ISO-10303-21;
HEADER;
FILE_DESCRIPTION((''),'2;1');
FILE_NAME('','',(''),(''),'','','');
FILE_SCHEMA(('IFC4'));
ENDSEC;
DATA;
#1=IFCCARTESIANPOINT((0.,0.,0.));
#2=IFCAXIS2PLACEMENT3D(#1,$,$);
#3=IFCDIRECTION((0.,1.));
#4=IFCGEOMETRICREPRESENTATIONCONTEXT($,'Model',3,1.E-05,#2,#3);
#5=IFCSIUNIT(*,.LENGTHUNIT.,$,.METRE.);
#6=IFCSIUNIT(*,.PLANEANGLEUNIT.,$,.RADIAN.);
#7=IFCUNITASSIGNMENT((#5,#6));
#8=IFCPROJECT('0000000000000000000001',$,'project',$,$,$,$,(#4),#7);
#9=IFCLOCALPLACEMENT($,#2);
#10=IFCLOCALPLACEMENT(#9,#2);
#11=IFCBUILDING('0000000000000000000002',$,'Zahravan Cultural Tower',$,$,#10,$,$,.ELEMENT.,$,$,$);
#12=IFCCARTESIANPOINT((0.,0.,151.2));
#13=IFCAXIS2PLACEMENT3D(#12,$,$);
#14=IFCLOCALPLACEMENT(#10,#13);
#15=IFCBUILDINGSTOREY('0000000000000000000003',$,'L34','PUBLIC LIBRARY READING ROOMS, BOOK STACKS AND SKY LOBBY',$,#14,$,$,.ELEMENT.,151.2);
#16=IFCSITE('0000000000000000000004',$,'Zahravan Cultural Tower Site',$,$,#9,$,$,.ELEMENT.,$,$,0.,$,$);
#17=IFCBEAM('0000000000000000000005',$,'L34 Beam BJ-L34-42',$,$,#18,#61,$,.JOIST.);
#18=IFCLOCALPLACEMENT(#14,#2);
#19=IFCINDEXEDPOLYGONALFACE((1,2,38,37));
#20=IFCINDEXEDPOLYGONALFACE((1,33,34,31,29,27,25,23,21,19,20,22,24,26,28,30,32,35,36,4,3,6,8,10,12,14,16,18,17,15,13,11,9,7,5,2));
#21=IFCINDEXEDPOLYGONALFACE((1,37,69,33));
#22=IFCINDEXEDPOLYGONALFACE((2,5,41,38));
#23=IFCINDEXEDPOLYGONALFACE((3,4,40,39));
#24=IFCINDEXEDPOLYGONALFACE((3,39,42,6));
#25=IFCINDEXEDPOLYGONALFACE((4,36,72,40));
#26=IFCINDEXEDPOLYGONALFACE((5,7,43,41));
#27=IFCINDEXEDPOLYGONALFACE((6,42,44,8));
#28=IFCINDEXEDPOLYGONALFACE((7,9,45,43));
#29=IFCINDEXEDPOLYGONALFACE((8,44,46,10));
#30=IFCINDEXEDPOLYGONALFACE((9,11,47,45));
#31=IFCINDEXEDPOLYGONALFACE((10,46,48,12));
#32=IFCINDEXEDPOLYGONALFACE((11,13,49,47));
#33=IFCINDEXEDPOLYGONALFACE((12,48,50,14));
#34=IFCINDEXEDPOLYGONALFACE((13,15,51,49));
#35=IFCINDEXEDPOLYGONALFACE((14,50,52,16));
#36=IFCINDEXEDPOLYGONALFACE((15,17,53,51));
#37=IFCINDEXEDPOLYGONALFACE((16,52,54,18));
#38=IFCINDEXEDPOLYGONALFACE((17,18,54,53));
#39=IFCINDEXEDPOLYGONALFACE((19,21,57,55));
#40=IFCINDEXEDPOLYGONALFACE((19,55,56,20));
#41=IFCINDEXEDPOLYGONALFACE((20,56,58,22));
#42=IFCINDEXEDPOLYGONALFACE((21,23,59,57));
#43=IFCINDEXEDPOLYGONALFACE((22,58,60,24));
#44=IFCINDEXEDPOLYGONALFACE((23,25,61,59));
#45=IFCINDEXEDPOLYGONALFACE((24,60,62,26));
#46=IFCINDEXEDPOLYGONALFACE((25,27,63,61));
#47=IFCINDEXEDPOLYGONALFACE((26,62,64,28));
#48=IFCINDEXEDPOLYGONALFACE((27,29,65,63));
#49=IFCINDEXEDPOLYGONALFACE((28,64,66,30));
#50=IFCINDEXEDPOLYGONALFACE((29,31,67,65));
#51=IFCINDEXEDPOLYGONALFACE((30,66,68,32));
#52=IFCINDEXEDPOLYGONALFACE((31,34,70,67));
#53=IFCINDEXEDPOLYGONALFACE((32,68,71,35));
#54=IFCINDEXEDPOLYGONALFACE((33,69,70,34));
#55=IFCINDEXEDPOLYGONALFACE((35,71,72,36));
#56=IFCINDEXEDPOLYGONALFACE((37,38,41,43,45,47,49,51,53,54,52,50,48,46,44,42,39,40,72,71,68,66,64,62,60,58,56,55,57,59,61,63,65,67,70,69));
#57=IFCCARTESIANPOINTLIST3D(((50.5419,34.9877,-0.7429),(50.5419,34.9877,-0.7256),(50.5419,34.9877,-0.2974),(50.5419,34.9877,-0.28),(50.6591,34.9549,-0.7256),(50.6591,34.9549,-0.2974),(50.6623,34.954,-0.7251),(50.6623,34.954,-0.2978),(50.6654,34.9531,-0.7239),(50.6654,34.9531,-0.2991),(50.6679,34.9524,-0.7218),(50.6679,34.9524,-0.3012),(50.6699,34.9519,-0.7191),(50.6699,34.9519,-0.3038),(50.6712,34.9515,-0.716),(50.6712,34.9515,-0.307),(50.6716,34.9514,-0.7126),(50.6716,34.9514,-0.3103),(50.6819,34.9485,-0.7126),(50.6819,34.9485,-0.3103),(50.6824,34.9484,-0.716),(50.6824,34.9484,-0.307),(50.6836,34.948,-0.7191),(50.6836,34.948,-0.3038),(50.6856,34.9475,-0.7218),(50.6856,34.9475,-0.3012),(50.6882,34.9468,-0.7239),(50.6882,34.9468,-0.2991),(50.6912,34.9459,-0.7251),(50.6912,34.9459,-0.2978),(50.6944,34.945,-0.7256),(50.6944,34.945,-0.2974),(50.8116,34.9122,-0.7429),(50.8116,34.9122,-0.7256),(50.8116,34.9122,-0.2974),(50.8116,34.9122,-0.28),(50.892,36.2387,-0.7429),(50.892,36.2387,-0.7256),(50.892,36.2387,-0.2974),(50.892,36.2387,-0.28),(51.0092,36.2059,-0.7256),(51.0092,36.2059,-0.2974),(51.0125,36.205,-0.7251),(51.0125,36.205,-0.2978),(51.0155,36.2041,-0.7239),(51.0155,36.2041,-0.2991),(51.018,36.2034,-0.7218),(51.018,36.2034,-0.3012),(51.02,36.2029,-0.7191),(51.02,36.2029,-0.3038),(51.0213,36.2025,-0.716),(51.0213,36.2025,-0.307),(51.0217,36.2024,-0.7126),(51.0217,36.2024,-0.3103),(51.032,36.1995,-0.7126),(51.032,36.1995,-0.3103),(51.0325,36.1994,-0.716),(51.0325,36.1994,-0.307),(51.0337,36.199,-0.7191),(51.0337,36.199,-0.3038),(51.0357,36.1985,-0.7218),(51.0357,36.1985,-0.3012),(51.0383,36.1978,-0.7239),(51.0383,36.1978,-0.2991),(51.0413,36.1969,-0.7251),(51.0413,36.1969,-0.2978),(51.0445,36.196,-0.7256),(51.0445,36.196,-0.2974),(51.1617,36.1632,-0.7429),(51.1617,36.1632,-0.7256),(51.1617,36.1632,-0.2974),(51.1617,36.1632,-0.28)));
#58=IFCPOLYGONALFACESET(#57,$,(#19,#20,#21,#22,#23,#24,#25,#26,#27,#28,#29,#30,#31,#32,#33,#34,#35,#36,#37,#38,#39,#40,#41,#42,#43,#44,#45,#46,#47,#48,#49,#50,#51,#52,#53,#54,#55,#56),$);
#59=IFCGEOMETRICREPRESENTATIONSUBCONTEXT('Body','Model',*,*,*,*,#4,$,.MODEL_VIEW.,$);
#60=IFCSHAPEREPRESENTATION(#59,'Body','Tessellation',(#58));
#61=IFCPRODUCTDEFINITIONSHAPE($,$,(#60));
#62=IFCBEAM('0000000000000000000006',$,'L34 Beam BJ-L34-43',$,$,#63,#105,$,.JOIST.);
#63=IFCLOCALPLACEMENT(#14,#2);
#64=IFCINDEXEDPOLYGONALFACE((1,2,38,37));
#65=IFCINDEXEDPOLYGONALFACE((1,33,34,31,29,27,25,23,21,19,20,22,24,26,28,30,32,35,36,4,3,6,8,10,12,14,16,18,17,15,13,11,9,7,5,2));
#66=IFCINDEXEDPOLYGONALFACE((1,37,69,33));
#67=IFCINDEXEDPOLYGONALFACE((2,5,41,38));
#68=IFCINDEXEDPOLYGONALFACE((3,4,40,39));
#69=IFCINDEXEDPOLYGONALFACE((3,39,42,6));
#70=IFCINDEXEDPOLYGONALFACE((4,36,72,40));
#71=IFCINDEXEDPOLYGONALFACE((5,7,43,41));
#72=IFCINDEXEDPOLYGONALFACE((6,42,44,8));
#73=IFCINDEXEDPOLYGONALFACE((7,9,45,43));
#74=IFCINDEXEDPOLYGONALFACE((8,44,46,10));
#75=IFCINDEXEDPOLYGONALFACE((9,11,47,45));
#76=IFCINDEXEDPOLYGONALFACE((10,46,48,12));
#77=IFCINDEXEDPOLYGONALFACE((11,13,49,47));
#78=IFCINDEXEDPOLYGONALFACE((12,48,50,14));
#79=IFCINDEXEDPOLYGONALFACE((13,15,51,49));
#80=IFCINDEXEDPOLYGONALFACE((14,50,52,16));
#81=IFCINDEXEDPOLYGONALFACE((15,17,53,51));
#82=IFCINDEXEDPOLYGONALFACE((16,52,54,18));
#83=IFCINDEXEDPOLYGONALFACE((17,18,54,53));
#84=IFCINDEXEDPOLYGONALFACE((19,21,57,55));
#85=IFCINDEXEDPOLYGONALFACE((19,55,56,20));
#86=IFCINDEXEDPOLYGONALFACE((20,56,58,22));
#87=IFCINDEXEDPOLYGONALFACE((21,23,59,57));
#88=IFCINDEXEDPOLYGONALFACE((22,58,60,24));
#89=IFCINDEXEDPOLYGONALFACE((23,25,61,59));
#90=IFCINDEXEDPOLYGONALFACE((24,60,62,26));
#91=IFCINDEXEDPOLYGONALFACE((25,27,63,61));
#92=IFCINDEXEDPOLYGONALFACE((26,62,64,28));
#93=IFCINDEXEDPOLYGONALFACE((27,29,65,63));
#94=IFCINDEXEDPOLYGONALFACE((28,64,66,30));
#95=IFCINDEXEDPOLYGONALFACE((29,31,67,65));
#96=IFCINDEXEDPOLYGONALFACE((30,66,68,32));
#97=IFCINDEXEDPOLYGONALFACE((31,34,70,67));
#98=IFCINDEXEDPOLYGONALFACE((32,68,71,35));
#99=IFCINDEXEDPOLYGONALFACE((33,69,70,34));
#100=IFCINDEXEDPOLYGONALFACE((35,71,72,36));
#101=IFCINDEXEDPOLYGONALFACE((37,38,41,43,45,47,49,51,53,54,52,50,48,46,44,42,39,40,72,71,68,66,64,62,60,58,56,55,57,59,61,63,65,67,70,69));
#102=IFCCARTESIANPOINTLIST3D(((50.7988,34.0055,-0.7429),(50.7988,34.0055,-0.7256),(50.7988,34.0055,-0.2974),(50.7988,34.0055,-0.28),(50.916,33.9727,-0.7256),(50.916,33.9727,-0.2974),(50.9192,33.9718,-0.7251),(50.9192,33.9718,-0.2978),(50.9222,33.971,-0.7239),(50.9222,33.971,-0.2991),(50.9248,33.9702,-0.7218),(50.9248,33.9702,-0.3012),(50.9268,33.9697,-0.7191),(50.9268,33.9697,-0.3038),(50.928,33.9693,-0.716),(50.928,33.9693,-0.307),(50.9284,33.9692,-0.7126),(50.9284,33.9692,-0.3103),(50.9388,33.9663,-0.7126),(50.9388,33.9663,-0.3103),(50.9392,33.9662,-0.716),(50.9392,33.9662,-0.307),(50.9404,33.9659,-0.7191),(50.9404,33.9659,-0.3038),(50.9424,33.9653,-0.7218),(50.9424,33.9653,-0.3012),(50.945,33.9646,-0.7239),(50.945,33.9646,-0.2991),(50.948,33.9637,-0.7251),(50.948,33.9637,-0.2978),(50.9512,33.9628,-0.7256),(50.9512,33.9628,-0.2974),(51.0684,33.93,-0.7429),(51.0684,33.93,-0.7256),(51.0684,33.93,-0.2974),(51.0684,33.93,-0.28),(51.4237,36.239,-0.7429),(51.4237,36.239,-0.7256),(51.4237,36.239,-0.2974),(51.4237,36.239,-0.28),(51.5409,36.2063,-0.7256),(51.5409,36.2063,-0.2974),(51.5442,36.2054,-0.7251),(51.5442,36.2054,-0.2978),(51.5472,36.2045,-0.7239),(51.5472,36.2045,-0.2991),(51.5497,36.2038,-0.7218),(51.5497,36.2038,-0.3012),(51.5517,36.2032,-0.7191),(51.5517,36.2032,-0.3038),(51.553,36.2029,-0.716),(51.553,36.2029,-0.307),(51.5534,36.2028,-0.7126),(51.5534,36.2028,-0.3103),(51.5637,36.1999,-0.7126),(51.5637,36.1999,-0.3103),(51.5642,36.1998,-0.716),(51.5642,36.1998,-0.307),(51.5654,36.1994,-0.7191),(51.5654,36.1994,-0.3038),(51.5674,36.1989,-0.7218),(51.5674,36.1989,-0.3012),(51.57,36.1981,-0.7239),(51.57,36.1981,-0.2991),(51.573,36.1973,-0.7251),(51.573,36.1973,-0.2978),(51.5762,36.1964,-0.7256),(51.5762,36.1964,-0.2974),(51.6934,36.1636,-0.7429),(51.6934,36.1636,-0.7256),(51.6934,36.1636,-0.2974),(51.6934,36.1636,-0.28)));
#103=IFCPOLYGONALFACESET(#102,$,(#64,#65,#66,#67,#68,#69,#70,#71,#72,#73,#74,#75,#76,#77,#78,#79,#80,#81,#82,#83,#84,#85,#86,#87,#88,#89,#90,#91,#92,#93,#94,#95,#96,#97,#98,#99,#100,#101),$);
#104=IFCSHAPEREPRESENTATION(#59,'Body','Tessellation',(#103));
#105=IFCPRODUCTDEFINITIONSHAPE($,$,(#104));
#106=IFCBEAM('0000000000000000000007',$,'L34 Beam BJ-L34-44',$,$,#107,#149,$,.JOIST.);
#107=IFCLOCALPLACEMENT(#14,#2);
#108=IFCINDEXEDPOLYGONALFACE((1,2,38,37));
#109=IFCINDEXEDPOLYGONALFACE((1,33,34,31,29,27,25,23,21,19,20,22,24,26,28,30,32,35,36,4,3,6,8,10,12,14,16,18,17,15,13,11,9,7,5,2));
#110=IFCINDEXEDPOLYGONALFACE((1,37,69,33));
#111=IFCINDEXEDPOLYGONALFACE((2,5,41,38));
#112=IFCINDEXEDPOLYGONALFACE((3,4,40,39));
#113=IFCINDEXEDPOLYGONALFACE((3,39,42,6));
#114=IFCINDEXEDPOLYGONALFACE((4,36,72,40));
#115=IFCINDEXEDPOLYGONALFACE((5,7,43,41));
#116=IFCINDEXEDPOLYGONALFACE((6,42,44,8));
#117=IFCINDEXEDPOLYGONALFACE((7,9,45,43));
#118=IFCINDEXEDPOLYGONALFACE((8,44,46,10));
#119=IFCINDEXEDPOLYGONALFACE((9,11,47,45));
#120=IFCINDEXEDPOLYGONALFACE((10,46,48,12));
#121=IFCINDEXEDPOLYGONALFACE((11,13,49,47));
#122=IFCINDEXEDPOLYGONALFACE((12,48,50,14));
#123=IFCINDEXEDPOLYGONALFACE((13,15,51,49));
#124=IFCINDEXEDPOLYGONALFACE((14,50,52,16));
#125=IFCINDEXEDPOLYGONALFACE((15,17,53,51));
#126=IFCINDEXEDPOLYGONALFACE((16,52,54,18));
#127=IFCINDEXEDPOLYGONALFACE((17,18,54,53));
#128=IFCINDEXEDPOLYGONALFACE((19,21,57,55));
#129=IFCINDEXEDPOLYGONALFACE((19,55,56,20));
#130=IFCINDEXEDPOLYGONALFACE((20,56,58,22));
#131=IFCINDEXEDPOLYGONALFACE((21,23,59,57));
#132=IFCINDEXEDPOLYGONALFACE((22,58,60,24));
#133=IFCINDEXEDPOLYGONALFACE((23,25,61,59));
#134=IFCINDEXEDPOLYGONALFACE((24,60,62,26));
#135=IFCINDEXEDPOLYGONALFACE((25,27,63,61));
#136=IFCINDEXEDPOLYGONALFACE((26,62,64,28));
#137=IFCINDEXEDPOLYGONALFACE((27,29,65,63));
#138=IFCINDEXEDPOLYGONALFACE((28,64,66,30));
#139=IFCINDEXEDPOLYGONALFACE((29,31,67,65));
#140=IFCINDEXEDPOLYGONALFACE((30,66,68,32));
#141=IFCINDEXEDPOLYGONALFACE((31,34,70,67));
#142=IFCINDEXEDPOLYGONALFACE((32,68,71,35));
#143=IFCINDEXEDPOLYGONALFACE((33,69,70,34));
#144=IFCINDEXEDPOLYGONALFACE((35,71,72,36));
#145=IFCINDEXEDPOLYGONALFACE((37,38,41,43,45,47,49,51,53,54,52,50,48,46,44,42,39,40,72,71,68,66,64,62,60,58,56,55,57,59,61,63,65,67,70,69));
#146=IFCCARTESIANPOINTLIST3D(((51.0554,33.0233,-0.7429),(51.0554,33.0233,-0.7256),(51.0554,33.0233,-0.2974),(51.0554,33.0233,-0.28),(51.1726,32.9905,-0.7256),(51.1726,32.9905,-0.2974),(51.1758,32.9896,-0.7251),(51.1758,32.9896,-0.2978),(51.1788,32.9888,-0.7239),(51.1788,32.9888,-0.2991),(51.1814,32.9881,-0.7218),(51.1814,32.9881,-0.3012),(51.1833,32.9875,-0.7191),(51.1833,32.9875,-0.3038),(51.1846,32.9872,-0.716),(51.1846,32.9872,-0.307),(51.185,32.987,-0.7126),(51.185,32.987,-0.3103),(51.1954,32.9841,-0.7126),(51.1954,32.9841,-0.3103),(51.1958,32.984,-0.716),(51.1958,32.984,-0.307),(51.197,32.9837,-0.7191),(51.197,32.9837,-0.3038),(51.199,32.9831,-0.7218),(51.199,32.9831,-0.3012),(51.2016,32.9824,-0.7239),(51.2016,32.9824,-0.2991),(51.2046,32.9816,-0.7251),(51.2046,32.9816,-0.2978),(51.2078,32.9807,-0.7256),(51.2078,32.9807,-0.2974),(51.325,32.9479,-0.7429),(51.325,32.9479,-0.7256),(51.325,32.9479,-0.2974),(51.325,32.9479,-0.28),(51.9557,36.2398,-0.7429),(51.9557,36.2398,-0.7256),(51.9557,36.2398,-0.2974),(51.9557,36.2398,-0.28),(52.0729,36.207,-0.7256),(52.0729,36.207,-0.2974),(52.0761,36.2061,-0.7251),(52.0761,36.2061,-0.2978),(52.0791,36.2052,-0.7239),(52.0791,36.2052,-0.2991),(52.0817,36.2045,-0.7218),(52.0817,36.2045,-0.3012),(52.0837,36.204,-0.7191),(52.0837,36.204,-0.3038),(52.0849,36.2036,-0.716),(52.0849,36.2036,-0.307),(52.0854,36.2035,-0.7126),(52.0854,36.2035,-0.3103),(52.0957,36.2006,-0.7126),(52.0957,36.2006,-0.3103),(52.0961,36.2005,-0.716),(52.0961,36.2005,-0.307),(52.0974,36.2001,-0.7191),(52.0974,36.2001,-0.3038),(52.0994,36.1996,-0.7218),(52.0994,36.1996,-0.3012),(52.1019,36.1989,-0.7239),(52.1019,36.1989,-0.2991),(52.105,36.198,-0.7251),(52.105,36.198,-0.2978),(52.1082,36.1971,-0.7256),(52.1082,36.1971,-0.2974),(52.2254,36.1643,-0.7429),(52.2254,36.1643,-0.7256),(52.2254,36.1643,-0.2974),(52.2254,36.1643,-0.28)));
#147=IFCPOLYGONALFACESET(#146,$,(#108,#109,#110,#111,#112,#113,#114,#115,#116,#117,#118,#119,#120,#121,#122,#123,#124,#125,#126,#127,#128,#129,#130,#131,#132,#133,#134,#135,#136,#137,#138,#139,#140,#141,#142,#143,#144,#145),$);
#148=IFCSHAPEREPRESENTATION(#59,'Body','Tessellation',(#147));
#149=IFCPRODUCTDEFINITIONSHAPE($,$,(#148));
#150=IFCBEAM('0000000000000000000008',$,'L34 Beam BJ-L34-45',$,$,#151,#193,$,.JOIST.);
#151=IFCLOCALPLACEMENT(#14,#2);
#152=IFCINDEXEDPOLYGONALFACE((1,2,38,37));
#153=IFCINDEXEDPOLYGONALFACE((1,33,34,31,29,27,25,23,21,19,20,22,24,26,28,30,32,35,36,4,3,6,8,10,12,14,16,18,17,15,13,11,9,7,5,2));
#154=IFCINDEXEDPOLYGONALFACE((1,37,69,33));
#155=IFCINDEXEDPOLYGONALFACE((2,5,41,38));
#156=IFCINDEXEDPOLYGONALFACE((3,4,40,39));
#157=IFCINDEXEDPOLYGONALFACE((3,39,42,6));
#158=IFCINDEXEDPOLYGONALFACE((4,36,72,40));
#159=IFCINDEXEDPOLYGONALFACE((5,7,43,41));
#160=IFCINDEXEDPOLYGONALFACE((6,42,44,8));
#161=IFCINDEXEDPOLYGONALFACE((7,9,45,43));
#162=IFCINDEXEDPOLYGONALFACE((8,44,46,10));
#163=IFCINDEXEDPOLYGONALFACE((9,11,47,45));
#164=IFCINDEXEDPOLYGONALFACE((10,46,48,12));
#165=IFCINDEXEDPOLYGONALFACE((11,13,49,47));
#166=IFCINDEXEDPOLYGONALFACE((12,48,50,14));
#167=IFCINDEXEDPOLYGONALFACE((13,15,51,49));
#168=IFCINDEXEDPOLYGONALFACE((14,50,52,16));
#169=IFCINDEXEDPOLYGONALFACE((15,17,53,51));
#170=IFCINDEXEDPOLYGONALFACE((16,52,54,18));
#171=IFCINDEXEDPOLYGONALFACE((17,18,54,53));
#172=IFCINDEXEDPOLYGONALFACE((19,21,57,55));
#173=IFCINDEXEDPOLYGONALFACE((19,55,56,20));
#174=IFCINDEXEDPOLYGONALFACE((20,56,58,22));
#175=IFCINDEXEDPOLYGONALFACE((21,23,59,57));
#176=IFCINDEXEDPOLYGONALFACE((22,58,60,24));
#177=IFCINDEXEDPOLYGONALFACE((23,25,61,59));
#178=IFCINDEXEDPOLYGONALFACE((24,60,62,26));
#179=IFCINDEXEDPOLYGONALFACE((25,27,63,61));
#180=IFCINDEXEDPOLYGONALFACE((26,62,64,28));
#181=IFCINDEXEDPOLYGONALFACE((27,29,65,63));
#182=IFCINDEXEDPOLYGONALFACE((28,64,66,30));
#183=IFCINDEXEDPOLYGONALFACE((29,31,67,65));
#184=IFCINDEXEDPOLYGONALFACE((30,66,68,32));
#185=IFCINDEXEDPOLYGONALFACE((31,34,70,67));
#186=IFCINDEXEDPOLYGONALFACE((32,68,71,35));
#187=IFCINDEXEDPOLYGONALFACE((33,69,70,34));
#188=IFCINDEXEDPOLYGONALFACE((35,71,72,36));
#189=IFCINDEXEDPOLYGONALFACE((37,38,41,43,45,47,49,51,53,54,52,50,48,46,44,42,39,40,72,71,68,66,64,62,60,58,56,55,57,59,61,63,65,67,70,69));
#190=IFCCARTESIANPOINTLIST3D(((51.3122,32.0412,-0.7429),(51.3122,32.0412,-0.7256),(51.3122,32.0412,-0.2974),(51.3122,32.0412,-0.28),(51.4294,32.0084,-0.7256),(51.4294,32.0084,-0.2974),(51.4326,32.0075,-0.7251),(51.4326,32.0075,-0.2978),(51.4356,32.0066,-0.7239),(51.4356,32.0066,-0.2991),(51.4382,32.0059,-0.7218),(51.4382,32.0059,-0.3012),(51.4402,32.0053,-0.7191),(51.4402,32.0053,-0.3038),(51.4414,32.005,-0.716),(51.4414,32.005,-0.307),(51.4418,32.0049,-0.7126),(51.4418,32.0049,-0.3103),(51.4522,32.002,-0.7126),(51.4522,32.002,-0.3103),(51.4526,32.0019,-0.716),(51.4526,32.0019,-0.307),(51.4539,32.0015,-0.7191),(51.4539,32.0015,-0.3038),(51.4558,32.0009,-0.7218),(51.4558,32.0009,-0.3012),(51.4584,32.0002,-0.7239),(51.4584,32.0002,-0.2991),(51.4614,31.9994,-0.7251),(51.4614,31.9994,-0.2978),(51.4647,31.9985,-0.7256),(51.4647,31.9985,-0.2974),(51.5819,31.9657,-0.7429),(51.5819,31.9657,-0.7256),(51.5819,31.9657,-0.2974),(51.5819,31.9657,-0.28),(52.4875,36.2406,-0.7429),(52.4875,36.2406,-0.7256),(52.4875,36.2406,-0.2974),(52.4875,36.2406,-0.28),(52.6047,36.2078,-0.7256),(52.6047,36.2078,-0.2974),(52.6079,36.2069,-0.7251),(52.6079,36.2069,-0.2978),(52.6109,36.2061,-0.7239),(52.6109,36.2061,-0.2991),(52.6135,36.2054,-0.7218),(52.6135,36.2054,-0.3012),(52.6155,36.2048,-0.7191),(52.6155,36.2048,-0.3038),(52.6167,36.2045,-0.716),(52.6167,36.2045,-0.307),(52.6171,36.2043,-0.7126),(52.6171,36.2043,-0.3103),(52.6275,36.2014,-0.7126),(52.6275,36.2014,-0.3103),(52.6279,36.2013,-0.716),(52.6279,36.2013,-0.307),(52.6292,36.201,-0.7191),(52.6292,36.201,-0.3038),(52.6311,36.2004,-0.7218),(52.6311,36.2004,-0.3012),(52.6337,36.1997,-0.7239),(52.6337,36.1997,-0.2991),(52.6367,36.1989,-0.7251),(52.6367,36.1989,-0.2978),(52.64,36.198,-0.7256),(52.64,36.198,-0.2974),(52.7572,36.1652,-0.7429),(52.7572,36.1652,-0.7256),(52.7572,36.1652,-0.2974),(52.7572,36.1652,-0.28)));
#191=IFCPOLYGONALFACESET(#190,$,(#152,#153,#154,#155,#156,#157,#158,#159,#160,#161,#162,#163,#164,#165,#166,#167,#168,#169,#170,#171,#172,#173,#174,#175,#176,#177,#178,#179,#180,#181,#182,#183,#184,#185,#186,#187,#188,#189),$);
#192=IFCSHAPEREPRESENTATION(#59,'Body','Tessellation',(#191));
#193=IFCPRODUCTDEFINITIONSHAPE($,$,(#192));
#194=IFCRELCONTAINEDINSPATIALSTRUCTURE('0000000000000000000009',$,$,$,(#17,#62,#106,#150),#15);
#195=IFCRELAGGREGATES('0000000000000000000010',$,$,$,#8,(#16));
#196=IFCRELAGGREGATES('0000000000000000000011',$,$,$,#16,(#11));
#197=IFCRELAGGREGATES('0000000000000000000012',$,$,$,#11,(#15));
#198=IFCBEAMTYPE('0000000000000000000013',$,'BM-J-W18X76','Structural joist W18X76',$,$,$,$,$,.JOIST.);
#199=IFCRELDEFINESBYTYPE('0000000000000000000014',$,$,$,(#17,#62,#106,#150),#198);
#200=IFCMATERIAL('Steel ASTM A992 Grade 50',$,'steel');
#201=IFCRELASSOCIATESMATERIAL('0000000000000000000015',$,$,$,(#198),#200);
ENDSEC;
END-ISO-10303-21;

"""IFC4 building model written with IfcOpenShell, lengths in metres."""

from ifc_helpers import new_model, si_unit, direction, frame, origin, origin_2d, place, context, subcontext, project, spatial, i_section, extrude, source, transform, mapped, material, material_profile, profile_set, type_object, element, save


model = new_model("IFC4")

# Units and contexts
model_context = context("Model", 3, precision=1e-05, world=origin(), true_north=direction((0.0, 1.0)))
body_context = subcontext(model_context, "Body", "Model", "MODEL_VIEW")
ifc_project = project(units=[si_unit("LENGTHUNIT", "METRE"), si_unit("PLANEANGLEUNIT", "RADIAN")], contexts=[model_context])

# Site, building, storey
site_placement = place(None, origin())
site = spatial("IfcSite", under=ifc_project, at=site_placement, Name="Zahravan Cultural Tower Site", CompositionType="ELEMENT", RefElevation=0.0)
building_placement = place(site_placement, origin())
building = spatial("IfcBuilding", under=site, at=building_placement, Name="Zahravan Cultural Tower", CompositionType="ELEMENT")
storey_placement = place(building_placement, frame((0.0, 0.0, 151.2)))
storey = spatial("IfcBuildingStorey", under=building, at=storey_placement, Name="L34", Description="PUBLIC LIBRARY READING ROOMS, BOOK STACKS AND SKY LOBBY", CompositionType="ELEMENT", Elevation=151.2)

# Shared definitions
ifc_material_1 = material(Name="Steel ASTM A992 Grade 50", Category="steel")

# Beams
ifc_material_profile_1 = material_profile(ifc_material_1, i_section(OverallWidth=0.28, OverallDepth=0.4629, WebThickness=0.0107, FlangeThickness=0.0173, FilletRadius=0.0129, at=origin_2d()), Name="W18X76")
ifc_profile_set_1 = profile_set([ifc_material_profile_1], Name="Steel ASTM A992 Grade 50")
beam_type_1 = type_object("IfcBeamType", Name="BM-J-W18X76", Description="Structural joist W18X76", PredefinedType="JOIST", material=ifc_profile_set_1)
shared_shape_1 = source(origin(), body_context, "Body", "SweptSolid", [
    extrude(i_section(OverallWidth=0.28, OverallDepth=0.4629, WebThickness=0.0107, FlangeThickness=0.0173, FilletRadius=0.0129, at=origin_2d()), origin(), (0.0, 0.0, 1.0), 1.2991),
])
beam_1_placement = place(storey_placement, frame((50.6768, 34.95, -0.5115), z_axis=(0.269504, 0.962999, 0.0), x_axis=(-0.962999, 0.269504, 0.0)))
element("IfcBeam", 1, at=beam_1_placement, inside=storey, type_object=beam_type_1, Name="L34 Beam BJ-L34-42", PredefinedType="JOIST", context=body_context, shape_type="MappedRepresentation", body=[
    mapped(shared_shape_1, transform((0.0, 0.0, 0.0), x_axis=(1.0, 0.0, 0.0), y_axis=(0.0, 1.0, 0.0), z_axis=(0.0, 0.0, 1.0), scale=1.0)),
])
shared_shape_2 = source(origin(), body_context, "Body", "SweptSolid", [
    extrude(i_section(OverallWidth=0.28, OverallDepth=0.4629, WebThickness=0.0107, FlangeThickness=0.0173, FilletRadius=0.0129, at=origin_2d()), origin(), (0.0, 0.0, 1.0), 2.3193),
])
beam_2_placement = place(storey_placement, frame((50.9336, 33.9678, -0.5115), z_axis=(0.269462, 0.963011, 0.0), x_axis=(-0.963011, 0.269462, 0.0)))
element("IfcBeam", 2, at=beam_2_placement, inside=storey, type_object=beam_type_1, Name="L34 Beam BJ-L34-43", PredefinedType="JOIST", context=body_context, shape_type="MappedRepresentation", body=[
    mapped(shared_shape_2, transform((0.0, 0.0, 0.0), x_axis=(1.0, 0.0, 0.0), y_axis=(0.0, 1.0, 0.0), z_axis=(0.0, 0.0, 1.0), scale=1.0)),
])
shared_shape_3 = source(origin(), body_context, "Body", "SweptSolid", [
    extrude(i_section(OverallWidth=0.28, OverallDepth=0.4629, WebThickness=0.0107, FlangeThickness=0.0173, FilletRadius=0.0129, at=origin_2d()), origin(), (0.0, 0.0, 1.0), 3.3401),
])
beam_3_placement = place(storey_placement, frame((51.1902, 32.9856, -0.5115), z_axis=(0.269562, 0.962983, 0.0), x_axis=(-0.962983, 0.269562, 0.0)))
element("IfcBeam", 3, at=beam_3_placement, inside=storey, type_object=beam_type_1, Name="L34 Beam BJ-L34-44", PredefinedType="JOIST", context=body_context, shape_type="MappedRepresentation", body=[
    mapped(shared_shape_3, transform((0.0, 0.0, 0.0), x_axis=(1.0, 0.0, 0.0), y_axis=(0.0, 1.0, 0.0), z_axis=(0.0, 0.0, 1.0), scale=1.0)),
])
shared_shape_4 = source(origin(), body_context, "Body", "SweptSolid", [
    extrude(i_section(OverallWidth=0.28, OverallDepth=0.4629, WebThickness=0.0107, FlangeThickness=0.0173, FilletRadius=0.0129, at=origin_2d()), origin(), (0.0, 0.0, 1.0), 4.3608),
])
beam_4_placement = place(storey_placement, frame((51.447, 32.0034, -0.5115), z_axis=(0.269512, 0.962997, 0.0), x_axis=(-0.962997, 0.269512, 0.0)))
element("IfcBeam", 4, at=beam_4_placement, inside=storey, type_object=beam_type_1, Name="L34 Beam BJ-L34-45", PredefinedType="JOIST", context=body_context, shape_type="MappedRepresentation", body=[
    mapped(shared_shape_4, transform((0.0, 0.0, 0.0), x_axis=(1.0, 0.0, 0.0), y_axis=(0.0, 1.0, 0.0), z_axis=(0.0, 0.0, 1.0), scale=1.0)),
])

save(model, "model.ifc")
